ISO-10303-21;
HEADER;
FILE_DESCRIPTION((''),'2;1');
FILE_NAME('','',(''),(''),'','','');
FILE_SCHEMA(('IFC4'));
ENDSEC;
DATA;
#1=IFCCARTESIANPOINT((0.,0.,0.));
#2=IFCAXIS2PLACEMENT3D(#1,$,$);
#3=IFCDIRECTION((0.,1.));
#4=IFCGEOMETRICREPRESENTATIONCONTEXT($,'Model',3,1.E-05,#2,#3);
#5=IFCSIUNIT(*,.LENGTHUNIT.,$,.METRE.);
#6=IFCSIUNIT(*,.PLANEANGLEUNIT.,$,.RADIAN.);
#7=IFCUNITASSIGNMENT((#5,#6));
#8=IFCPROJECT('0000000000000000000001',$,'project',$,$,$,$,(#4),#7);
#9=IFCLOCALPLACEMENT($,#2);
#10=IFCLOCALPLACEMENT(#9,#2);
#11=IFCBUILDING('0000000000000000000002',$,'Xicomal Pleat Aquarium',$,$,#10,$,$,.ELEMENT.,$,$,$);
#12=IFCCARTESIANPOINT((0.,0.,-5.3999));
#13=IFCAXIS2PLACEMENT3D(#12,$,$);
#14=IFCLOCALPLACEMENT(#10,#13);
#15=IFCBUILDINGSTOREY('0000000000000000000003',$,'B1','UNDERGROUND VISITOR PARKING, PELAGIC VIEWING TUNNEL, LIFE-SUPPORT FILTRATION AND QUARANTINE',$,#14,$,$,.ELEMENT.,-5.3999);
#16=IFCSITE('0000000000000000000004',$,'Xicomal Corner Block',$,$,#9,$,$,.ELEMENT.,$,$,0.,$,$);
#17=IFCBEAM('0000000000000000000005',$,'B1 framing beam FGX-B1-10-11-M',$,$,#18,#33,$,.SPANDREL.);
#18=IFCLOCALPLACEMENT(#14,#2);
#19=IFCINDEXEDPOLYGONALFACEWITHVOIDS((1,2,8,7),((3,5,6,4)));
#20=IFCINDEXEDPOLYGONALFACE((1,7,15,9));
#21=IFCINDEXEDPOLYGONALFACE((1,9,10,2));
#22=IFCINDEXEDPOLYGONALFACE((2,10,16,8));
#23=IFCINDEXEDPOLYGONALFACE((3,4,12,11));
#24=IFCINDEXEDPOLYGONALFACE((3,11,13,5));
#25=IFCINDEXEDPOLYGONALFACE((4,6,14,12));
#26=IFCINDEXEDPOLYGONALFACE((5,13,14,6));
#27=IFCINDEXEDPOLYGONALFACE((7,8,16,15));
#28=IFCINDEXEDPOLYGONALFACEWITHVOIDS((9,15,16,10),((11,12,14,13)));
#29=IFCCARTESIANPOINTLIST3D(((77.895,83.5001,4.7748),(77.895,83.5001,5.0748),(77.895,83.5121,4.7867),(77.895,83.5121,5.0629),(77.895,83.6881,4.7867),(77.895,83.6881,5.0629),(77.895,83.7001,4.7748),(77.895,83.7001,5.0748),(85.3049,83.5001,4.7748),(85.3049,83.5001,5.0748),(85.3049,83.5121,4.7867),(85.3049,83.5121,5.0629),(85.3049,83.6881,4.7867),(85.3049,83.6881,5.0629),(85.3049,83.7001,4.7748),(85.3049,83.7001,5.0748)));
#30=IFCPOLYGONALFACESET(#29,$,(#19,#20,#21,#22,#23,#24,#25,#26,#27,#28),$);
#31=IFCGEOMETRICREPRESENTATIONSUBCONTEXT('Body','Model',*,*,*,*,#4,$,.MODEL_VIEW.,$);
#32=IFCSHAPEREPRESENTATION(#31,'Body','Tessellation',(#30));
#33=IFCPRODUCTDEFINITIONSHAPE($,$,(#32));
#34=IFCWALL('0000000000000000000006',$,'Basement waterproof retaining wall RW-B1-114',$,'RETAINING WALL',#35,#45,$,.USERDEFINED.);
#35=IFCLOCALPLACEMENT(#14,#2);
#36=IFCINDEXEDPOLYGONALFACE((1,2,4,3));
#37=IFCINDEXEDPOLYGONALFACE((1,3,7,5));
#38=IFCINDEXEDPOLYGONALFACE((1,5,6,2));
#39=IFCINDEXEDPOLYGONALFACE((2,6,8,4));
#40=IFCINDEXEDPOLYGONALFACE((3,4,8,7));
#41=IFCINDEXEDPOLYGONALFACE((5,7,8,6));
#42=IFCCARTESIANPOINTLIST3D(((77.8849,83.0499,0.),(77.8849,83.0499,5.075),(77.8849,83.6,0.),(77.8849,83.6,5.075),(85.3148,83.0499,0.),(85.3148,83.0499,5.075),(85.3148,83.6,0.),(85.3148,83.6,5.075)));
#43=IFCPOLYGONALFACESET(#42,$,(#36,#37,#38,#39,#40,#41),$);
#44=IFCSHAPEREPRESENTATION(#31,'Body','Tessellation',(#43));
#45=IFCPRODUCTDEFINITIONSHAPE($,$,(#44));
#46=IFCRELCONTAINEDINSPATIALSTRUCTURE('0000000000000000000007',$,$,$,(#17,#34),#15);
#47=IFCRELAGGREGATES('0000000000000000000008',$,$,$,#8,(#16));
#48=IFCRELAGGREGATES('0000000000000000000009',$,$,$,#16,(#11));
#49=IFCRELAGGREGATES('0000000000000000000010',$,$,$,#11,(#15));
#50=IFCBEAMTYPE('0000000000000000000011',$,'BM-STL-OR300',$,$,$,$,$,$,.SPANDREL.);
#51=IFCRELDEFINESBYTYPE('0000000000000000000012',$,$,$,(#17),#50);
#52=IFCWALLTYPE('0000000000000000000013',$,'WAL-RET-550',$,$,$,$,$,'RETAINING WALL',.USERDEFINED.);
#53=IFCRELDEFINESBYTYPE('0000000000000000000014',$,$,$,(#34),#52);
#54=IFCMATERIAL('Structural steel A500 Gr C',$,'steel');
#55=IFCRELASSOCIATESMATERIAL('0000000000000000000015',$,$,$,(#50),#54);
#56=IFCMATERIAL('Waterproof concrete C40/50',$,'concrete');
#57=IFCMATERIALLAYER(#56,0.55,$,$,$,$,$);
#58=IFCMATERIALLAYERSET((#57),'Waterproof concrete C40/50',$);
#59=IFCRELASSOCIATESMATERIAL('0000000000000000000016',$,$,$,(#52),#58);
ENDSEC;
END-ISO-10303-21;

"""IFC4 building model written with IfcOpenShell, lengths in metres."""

from ifc_helpers import new_model, si_unit, direction, frame, frame_2d, origin, origin_2d, place, context, subcontext, project, spatial, rectangle, hollow_rectangle, extrude, material, layer, layer_set, material_profile, profile_set, type_object, element, save


model = new_model("IFC4")

# Units and contexts
model_context = context("Model", 3, precision=1e-05, world=origin(), true_north=direction((0.0, 1.0)))
body_context = subcontext(model_context, "Body", "Model", "MODEL_VIEW")
ifc_project = project(units=[si_unit("LENGTHUNIT", "METRE"), si_unit("PLANEANGLEUNIT", "RADIAN")], contexts=[model_context])

# Site, building, storey
site_placement = place(None, origin())
site = spatial("IfcSite", under=ifc_project, at=site_placement, Name="Xicomal Corner Block", CompositionType="ELEMENT", RefElevation=0.0)
building_placement = place(site_placement, origin())
building = spatial("IfcBuilding", under=site, at=building_placement, Name="Xicomal Pleat Aquarium", CompositionType="ELEMENT")
storey_placement = place(building_placement, frame((0.0, 0.0, -5.3999)))
storey = spatial("IfcBuildingStorey", under=building, at=storey_placement, Name="B1", Description="UNDERGROUND VISITOR PARKING, PELAGIC VIEWING TUNNEL, LIFE-SUPPORT FILTRATION AND QUARANTINE", CompositionType="ELEMENT", Elevation=-5.3999)

# Beam
ifc_material_1 = material(Name="Structural steel A500 Gr C", Category="steel")
ifc_material_profile_1 = material_profile(ifc_material_1, hollow_rectangle(XDim=0.2, YDim=0.3, WallThickness=0.012, at=origin_2d()), Name="OR 300x200x12")
ifc_profile_set_1 = profile_set([ifc_material_profile_1], Name="Structural steel A500 Gr C")
beam_type_1 = type_object("IfcBeamType", Name="BM-STL-OR300", PredefinedType="SPANDREL", material=ifc_profile_set_1)
beam_1_placement = place(storey_placement, frame((77.895, 83.6001, 4.9248), z_axis=(1.0, 0.0, 0.0), x_axis=(0.0, 1.0, 0.0)))
element("IfcBeam", 1, at=beam_1_placement, inside=storey, type_object=beam_type_1, Name="B1 framing beam FGX-B1-10-11-M", PredefinedType="SPANDREL", context=body_context, shape_type="SweptSolid", body=[
    extrude(hollow_rectangle(XDim=0.2, YDim=0.3, WallThickness=0.012, at=origin_2d()), origin(), (0.0, 0.0, 1.0), 7.4099),
])

# Wall
ifc_material_2 = material(Name="Waterproof concrete C40/50", Category="concrete")
ifc_layer = layer(ifc_material_2, 0.55)
ifc_layer_set = layer_set([ifc_layer], Name="Waterproof concrete C40/50")
wall_type = type_object("IfcWallType", Name="WAL-RET-550", ElementType="RETAINING WALL", PredefinedType="USERDEFINED", material=ifc_layer_set)
wall_placement = place(storey_placement, frame((77.885, 83.325, 0.0), z_axis=(0.0, 0.0, 1.0), x_axis=(1.0, 0.0, 0.0)))
element("IfcWall", 2, at=wall_placement, inside=storey, type_object=wall_type, Name="Basement waterproof retaining wall RW-B1-114", ObjectType="RETAINING WALL", PredefinedType="USERDEFINED", context=body_context, shape_type="SweptSolid", body=[
    extrude(rectangle(XDim=7.4299, YDim=0.55, at=frame_2d((3.7148, 0.0))), origin(), (0.0, 0.0, 1.0), 5.075),
])

save(model, "model.ifc")
